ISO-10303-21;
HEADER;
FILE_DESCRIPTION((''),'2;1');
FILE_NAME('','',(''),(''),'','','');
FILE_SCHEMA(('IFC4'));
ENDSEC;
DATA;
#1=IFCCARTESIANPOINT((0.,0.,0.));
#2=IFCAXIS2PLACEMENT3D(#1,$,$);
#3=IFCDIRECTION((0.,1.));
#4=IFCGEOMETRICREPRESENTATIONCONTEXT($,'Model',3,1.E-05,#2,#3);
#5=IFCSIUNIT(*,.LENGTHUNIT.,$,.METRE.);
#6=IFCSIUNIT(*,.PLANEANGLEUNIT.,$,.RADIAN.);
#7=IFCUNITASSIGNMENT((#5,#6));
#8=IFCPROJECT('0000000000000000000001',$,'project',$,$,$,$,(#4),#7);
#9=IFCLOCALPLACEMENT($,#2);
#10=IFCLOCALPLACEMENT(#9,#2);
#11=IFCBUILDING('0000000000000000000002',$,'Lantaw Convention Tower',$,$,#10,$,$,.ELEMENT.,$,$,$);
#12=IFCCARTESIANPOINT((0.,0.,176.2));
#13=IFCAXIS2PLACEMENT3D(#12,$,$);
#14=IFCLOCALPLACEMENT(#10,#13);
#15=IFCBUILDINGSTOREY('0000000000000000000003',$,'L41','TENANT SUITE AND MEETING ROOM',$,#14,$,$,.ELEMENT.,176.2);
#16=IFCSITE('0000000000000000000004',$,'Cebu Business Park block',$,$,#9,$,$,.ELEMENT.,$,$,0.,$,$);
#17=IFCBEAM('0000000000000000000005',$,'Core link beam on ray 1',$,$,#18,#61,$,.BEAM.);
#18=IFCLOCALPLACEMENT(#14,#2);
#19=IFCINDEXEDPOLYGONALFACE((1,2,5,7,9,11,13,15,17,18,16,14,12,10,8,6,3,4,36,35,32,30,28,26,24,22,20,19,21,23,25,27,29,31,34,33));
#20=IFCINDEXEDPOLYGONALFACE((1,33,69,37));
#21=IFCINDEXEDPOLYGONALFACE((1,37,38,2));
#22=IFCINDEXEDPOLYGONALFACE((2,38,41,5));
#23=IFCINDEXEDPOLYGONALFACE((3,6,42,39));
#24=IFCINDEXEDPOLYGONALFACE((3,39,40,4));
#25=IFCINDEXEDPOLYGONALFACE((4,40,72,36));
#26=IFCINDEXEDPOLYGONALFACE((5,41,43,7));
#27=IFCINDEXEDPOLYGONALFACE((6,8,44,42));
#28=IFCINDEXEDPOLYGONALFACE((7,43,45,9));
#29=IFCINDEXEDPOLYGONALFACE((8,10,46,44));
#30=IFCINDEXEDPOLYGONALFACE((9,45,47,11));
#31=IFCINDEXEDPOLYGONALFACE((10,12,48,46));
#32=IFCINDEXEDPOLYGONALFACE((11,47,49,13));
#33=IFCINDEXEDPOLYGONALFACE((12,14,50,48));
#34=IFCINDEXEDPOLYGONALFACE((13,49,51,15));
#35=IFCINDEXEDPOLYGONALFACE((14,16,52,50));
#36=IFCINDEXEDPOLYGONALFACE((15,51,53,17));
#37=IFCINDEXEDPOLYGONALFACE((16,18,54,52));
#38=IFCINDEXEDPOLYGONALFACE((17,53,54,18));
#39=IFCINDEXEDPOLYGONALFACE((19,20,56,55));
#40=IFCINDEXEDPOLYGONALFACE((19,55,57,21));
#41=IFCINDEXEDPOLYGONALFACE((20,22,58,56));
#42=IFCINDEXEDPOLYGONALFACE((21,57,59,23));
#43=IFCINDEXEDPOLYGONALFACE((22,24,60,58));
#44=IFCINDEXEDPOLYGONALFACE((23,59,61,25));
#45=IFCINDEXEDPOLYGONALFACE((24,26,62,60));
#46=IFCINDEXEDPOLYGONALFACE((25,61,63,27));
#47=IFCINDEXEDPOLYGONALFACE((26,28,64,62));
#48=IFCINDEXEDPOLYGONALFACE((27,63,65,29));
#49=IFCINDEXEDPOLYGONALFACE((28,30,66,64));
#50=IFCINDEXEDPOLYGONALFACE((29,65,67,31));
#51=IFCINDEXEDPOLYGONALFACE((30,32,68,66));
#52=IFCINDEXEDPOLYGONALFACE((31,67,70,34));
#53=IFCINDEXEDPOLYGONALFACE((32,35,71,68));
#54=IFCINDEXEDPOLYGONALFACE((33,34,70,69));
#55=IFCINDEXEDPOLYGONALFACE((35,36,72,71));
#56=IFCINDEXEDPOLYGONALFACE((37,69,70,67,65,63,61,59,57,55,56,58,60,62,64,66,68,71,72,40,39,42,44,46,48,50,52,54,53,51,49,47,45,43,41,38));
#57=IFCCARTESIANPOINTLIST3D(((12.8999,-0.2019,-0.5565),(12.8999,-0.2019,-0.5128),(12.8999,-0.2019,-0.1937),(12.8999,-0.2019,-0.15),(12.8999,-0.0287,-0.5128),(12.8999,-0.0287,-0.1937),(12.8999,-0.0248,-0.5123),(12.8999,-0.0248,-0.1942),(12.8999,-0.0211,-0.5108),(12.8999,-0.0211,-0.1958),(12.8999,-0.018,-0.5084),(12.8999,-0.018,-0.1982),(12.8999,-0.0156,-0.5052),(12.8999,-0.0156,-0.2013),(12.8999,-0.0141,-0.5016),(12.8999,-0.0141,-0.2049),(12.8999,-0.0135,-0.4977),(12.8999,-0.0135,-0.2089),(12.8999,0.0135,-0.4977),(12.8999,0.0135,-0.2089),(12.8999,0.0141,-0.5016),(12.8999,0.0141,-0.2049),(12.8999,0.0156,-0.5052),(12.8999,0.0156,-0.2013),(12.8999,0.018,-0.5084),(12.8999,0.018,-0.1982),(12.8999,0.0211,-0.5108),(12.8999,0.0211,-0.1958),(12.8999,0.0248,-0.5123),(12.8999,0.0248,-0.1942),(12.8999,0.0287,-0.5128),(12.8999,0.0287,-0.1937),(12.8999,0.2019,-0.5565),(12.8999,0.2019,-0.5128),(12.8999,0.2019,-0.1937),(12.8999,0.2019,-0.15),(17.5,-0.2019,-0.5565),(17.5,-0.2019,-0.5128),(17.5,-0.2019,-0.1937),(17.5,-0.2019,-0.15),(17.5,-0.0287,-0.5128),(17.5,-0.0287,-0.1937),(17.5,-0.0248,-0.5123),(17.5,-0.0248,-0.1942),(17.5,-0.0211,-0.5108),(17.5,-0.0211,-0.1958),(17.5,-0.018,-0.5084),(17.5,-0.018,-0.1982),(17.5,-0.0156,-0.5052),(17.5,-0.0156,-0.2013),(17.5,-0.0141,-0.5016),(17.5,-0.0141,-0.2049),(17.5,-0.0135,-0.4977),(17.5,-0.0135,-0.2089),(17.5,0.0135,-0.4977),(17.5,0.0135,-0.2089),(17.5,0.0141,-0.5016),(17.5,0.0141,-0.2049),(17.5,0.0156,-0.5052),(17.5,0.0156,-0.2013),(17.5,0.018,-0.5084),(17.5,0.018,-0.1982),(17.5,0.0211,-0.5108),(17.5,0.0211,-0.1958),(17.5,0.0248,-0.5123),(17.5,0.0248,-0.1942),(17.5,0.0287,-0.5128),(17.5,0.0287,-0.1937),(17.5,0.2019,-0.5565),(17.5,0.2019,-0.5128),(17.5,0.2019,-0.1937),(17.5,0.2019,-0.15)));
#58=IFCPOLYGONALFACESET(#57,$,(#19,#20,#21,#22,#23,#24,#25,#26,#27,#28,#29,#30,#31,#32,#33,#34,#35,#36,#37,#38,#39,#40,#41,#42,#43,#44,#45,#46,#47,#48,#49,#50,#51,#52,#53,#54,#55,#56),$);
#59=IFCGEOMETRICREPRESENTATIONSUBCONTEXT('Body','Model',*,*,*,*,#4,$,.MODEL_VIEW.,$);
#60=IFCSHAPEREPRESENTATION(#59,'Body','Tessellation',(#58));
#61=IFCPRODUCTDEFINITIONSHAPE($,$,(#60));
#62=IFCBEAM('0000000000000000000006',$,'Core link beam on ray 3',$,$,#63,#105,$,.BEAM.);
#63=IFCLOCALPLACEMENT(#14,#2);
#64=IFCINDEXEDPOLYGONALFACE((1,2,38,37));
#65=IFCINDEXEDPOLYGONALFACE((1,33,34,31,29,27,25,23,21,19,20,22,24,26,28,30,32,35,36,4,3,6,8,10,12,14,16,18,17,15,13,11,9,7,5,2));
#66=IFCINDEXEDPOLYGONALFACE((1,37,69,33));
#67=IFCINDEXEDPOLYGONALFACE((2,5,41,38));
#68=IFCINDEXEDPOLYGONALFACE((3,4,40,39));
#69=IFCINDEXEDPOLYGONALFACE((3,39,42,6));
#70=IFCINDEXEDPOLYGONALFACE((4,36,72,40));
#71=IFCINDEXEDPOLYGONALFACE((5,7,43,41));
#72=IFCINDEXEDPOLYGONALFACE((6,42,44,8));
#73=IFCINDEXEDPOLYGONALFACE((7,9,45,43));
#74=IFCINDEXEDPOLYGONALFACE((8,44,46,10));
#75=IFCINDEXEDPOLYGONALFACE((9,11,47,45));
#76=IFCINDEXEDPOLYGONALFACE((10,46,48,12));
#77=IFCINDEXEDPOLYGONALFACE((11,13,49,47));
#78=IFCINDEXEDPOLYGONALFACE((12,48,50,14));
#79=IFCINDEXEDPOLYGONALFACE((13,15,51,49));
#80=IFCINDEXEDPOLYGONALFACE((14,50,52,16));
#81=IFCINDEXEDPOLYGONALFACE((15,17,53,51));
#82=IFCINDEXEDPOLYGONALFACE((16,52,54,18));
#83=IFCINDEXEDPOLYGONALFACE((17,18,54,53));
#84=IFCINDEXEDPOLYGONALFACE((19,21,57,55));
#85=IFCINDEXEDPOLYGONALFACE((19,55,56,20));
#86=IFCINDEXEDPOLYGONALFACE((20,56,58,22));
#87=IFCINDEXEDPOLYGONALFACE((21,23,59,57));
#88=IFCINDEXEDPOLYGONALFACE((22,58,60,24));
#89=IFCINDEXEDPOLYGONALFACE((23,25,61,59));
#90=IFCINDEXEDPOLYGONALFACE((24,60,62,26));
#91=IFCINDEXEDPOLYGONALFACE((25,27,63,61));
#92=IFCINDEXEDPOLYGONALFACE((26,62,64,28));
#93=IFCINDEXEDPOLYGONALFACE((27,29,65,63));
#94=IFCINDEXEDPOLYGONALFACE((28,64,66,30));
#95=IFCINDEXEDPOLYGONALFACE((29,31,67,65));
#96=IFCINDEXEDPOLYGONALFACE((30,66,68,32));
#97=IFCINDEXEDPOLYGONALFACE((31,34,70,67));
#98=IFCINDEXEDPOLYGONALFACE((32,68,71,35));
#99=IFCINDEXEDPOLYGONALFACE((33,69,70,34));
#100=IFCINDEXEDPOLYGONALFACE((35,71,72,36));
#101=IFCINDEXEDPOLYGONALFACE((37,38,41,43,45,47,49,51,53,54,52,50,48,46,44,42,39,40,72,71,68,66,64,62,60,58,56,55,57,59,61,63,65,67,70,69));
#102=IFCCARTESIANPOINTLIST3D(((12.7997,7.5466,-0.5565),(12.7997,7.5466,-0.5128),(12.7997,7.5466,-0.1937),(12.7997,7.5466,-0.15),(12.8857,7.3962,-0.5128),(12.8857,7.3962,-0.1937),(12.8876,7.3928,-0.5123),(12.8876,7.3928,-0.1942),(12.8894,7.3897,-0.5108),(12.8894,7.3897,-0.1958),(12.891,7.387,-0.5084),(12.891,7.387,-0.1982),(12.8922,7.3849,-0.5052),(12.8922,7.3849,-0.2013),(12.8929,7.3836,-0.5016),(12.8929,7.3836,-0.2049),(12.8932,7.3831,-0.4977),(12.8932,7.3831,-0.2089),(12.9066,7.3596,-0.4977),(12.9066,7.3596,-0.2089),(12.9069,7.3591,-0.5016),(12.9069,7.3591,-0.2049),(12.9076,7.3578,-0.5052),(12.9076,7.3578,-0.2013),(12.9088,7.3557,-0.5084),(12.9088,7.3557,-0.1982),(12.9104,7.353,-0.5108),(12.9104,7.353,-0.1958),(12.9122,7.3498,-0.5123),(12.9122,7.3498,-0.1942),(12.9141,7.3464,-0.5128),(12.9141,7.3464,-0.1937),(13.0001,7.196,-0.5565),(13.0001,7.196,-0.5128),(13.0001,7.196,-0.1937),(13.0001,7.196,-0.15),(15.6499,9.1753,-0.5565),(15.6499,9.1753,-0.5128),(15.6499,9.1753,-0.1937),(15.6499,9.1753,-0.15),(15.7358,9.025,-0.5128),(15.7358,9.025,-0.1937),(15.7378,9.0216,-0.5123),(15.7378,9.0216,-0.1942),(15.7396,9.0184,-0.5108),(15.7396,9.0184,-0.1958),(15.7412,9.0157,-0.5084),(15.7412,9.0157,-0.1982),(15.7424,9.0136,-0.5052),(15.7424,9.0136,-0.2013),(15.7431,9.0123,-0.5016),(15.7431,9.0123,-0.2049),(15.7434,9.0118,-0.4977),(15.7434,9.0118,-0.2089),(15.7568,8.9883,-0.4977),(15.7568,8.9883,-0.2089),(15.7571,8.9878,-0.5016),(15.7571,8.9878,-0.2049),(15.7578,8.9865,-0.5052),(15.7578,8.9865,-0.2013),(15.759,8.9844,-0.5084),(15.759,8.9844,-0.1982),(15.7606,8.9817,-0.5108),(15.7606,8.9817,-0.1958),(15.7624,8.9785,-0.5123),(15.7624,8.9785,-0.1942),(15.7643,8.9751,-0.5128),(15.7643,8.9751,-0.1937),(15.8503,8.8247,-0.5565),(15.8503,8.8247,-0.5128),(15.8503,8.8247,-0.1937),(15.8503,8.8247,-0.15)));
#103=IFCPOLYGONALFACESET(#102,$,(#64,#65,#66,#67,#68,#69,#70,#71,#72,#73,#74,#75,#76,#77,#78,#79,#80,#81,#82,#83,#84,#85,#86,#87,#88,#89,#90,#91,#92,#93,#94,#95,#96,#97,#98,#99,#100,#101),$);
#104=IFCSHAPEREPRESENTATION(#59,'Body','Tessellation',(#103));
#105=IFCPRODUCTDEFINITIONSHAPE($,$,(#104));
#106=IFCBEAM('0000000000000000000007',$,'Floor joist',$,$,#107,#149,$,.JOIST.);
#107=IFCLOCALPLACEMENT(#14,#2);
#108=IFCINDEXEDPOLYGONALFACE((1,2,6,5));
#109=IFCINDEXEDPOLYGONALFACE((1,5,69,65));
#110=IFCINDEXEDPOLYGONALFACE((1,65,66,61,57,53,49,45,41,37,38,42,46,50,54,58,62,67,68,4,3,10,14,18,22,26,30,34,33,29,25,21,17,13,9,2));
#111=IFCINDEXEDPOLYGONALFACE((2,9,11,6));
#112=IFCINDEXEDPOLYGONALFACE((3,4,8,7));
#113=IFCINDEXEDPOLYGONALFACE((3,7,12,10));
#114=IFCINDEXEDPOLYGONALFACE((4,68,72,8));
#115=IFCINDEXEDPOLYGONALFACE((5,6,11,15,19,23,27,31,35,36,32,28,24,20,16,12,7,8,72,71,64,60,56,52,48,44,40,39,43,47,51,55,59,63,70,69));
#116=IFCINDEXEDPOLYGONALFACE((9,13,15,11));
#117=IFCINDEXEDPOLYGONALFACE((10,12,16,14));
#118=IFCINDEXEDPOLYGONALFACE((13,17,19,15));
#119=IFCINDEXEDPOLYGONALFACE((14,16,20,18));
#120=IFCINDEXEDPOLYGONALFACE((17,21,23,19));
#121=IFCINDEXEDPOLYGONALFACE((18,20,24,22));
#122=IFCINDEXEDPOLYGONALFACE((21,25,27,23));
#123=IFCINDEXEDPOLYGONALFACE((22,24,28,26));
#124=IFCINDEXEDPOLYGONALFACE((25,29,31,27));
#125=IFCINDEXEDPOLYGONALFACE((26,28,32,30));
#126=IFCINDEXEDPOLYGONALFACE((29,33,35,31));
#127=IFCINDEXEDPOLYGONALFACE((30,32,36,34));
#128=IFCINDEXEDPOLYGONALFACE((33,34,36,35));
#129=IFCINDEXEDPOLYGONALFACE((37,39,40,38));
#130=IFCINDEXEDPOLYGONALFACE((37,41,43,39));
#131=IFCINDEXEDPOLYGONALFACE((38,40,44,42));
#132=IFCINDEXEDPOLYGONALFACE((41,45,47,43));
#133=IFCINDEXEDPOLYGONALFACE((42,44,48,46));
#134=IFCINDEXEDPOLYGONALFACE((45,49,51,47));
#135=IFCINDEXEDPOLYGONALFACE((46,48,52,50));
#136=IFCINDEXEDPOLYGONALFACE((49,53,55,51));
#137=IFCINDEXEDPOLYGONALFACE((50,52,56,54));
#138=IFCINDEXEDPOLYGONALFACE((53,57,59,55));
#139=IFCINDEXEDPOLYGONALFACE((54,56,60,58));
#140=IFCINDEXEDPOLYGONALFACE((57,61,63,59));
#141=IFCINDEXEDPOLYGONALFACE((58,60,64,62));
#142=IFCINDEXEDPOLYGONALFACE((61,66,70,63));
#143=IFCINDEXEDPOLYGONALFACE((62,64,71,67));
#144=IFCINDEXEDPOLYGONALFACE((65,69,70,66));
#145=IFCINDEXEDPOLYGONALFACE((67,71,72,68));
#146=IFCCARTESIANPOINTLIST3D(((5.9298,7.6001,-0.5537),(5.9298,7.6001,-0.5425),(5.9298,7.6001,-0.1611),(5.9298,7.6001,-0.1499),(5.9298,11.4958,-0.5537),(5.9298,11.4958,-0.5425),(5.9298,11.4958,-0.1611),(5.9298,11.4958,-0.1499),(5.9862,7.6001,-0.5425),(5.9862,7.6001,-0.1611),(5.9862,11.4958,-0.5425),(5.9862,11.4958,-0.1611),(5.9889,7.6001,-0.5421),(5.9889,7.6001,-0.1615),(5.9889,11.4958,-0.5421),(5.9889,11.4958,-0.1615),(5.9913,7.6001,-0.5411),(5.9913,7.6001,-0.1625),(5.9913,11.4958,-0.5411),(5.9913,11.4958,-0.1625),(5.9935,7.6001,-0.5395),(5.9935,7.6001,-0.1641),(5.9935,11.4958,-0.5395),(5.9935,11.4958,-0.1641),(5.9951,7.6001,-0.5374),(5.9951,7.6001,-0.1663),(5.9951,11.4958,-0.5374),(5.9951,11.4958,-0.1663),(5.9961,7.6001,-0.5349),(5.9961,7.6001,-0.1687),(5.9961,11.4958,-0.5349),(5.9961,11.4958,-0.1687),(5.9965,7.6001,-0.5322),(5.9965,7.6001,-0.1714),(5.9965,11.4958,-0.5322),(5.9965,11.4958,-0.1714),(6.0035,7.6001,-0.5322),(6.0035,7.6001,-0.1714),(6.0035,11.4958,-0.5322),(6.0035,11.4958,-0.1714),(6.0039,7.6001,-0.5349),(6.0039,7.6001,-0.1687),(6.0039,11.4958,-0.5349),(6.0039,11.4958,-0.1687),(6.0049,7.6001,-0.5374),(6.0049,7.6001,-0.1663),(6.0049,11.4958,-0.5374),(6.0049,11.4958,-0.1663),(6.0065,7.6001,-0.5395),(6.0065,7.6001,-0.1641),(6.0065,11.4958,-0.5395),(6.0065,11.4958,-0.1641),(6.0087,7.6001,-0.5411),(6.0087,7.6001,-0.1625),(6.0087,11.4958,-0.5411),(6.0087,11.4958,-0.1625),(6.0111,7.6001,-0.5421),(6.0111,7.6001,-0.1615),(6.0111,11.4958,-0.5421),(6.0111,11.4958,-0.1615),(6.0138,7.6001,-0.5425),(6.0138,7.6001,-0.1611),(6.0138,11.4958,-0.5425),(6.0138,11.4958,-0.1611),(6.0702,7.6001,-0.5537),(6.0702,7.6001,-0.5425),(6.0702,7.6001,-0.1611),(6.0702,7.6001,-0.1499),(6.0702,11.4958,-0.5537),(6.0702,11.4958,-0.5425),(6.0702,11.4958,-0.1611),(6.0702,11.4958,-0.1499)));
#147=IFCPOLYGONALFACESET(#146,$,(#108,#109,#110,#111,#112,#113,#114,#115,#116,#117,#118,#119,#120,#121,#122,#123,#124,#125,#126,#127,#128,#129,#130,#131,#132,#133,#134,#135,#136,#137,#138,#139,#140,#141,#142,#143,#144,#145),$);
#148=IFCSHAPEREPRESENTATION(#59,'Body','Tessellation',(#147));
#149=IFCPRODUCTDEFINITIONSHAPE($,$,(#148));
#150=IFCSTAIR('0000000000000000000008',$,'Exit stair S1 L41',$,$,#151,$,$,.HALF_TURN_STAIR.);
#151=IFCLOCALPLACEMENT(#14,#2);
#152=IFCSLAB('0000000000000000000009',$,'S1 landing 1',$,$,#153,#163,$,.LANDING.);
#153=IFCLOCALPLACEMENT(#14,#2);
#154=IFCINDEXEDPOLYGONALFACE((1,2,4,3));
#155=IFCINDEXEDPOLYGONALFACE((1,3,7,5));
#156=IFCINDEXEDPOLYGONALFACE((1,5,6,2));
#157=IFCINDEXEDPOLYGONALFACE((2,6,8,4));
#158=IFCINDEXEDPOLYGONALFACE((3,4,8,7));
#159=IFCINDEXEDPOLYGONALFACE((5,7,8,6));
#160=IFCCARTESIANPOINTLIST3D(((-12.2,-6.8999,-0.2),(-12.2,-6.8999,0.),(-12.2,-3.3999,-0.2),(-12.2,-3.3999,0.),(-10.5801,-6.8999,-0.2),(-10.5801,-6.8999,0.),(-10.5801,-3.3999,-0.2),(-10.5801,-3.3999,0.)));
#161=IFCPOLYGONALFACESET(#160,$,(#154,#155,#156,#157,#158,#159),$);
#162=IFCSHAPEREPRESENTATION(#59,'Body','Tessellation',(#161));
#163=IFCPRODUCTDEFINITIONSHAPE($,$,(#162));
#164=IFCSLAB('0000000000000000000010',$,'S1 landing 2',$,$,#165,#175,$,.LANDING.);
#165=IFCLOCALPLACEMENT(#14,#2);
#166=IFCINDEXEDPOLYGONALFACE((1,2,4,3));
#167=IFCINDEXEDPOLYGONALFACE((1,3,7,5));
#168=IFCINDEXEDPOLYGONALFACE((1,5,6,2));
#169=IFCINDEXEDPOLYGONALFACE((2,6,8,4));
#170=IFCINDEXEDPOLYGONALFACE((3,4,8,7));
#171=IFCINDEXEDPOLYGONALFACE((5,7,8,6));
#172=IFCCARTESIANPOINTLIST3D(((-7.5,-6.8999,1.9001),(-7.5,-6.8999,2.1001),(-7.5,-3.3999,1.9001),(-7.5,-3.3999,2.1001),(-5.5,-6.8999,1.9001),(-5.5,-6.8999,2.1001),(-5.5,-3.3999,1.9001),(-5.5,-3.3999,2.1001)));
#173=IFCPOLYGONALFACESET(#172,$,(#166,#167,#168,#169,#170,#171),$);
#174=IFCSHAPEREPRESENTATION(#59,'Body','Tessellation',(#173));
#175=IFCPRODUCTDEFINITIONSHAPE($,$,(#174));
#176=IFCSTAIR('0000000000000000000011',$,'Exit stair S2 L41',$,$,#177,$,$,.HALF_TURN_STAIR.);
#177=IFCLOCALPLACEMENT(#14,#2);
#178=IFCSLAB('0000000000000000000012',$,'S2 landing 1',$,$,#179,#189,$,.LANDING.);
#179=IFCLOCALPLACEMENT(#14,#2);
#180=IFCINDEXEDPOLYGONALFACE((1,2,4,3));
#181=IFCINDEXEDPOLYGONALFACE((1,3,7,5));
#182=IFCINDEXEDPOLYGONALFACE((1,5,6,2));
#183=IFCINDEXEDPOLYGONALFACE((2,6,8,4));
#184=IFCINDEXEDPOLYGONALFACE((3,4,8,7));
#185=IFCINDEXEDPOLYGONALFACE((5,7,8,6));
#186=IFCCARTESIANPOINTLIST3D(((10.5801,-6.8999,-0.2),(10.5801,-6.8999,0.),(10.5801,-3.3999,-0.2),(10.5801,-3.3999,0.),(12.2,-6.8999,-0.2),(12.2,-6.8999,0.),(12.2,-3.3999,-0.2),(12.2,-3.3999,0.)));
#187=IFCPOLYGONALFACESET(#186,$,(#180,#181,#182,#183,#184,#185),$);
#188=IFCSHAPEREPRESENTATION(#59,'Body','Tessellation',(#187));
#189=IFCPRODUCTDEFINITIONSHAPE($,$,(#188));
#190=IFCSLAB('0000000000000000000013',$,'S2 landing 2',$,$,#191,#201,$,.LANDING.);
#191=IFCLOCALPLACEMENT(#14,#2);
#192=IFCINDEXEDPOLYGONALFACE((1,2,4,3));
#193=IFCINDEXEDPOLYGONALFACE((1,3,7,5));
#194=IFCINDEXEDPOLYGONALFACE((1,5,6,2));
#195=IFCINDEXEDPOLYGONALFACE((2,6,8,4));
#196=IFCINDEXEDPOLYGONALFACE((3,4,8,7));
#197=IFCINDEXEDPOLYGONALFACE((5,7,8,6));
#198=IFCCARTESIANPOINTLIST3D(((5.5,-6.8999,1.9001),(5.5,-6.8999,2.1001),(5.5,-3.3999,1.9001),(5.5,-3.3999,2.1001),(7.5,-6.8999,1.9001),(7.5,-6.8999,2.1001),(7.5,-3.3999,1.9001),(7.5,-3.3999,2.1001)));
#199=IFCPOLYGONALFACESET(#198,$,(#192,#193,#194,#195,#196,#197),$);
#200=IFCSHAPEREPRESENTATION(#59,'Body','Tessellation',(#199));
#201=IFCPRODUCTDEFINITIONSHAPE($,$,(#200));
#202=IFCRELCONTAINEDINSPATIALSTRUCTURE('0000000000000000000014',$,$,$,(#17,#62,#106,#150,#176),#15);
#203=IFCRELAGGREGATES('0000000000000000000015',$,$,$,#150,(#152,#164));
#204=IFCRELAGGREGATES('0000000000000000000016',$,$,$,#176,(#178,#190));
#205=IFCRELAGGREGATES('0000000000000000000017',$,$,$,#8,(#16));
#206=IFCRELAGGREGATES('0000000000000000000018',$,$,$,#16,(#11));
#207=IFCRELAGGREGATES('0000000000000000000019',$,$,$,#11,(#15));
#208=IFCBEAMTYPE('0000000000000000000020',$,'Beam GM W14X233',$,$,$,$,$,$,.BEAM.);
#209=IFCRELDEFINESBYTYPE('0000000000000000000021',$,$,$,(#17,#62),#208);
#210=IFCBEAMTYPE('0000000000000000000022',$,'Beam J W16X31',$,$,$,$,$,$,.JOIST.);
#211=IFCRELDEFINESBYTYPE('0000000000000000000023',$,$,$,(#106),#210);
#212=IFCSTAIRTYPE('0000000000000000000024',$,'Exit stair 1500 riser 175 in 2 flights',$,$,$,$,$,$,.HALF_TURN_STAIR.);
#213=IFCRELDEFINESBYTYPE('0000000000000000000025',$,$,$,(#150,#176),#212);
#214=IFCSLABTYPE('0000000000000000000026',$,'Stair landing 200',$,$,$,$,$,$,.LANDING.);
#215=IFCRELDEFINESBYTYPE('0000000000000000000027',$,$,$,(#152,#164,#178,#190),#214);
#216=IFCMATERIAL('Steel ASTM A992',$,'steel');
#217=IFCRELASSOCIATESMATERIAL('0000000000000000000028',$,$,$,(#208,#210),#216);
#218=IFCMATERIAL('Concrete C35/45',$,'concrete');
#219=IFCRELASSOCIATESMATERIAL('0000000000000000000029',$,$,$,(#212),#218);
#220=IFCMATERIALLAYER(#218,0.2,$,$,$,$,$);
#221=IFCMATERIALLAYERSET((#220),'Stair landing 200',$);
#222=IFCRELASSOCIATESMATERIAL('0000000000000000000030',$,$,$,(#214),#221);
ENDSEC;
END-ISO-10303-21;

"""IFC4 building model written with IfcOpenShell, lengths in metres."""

from ifc_helpers import new_model, si_unit, direction, frame, origin, origin_2d, place, context, subcontext, project, spatial, polyline, i_section, outline, extrude, material, layer, layer_set, material_profile, profile_set, type_object, element, aggregate, save


model = new_model("IFC4")

# Units and contexts
model_context = context("Model", 3, precision=1e-05, world=origin(), true_north=direction((0.0, 1.0)))
body_context = subcontext(model_context, "Body", "Model", "MODEL_VIEW")
ifc_project = project(units=[si_unit("LENGTHUNIT", "METRE"), si_unit("PLANEANGLEUNIT", "RADIAN")], contexts=[model_context])

# Site, building, storey
site_placement = place(None, origin())
site = spatial("IfcSite", under=ifc_project, at=site_placement, Name="Cebu Business Park block", CompositionType="ELEMENT", RefElevation=0.0)
building_placement = place(site_placement, origin())
building = spatial("IfcBuilding", under=site, at=building_placement, Name="Lantaw Convention Tower", CompositionType="ELEMENT")
storey_placement = place(building_placement, frame((0.0, 0.0, 176.2)))
storey = spatial("IfcBuildingStorey", under=building, at=storey_placement, Name="L41", Description="TENANT SUITE AND MEETING ROOM", CompositionType="ELEMENT", Elevation=176.2)

# Beams
ifc_material_1 = material(Name="Steel ASTM A992", Category="steel")
ifc_material_profile_1 = material_profile(ifc_material_1, i_section(OverallWidth=0.4038, OverallDepth=0.4065, WebThickness=0.0271, FlangeThickness=0.0437, FilletRadius=0.0151, at=origin_2d()), Name="W14X233")
ifc_profile_set_1 = profile_set([ifc_material_profile_1], Name="Steel ASTM A992")
beam_type_1 = type_object("IfcBeamType", Name="Beam GM W14X233", PredefinedType="BEAM", material=ifc_profile_set_1)
beam_1_placement = place(storey_placement, frame((12.8999, 0.0, -0.3533), z_axis=(1.0, 0.0, 0.0), x_axis=(0.0, 1.0, 0.0)))
element("IfcBeam", 1, at=beam_1_placement, inside=storey, type_object=beam_type_1, Name="Core link beam on ray 1", PredefinedType="BEAM", context=body_context, shape_type="SweptSolid", body=[
    extrude(i_section(OverallWidth=0.4038, OverallDepth=0.4065, WebThickness=0.0271, FlangeThickness=0.0437, FilletRadius=0.0151, at=origin_2d()), origin(), (0.0, 0.0, 1.0), 4.6001),
])
beam_2_placement = place(storey_placement, frame((12.8999, 7.3713, -0.3533), z_axis=(0.868239, 0.496147, 0.0), x_axis=(-0.496147, 0.868239, 0.0)))
element("IfcBeam", 2, at=beam_2_placement, inside=storey, type_object=beam_type_1, Name="Core link beam on ray 3", PredefinedType="BEAM", context=body_context, shape_type="SweptSolid", body=[
    extrude(i_section(OverallWidth=0.4038, OverallDepth=0.4065, WebThickness=0.0271, FlangeThickness=0.0437, FilletRadius=0.0151, at=origin_2d()), origin(), (0.0, 0.0, 1.0), 3.2827),
])
ifc_material_profile_2 = material_profile(ifc_material_1, i_section(OverallWidth=0.1404, OverallDepth=0.4038, WebThickness=0.0071, FlangeThickness=0.0112, FilletRadius=0.0103, at=origin_2d()), Name="W16X31")
ifc_profile_set_2 = profile_set([ifc_material_profile_2], Name="Steel ASTM A992")
beam_type_2 = type_object("IfcBeamType", Name="Beam J W16X31", PredefinedType="JOIST", material=ifc_profile_set_2)
beam_3_placement = place(storey_placement, frame((6.0, 7.6001, -0.3518), z_axis=(0.0, 1.0, 0.0), x_axis=(-1.0, 0.0, 0.0)))
element("IfcBeam", 3, at=beam_3_placement, inside=storey, type_object=beam_type_2, Name="Floor joist", PredefinedType="JOIST", context=body_context, shape_type="SweptSolid", body=[
    extrude(i_section(OverallWidth=0.1404, OverallDepth=0.4038, WebThickness=0.0071, FlangeThickness=0.0112, FilletRadius=0.0103, at=origin_2d()), origin(), (0.0, 0.0, 1.0), 3.8958),
])

# Stairs, slabs
ifc_material_2 = material(Name="Concrete C35/45", Category="concrete")
stair_type = type_object("IfcStairType", Name="Exit stair 1500 riser 175 in 2 flights", PredefinedType="HALF_TURN_STAIR", material=ifc_material_2)
stair_1_placement = place(storey_placement, origin())
stair_1 = element("IfcStair", 4, at=stair_1_placement, inside=storey, type_object=stair_type, Name="Exit stair S1 L41", PredefinedType="HALF_TURN_STAIR")
ifc_layer_1 = layer(ifc_material_2, 0.2)
ifc_layer_set_1 = layer_set([ifc_layer_1], Name="Stair landing 200")
slab_type = type_object("IfcSlabType", Name="Stair landing 200", PredefinedType="LANDING", material=ifc_layer_set_1)
slab_1_placement = place(storey_placement, frame((0.0, 0.0, -0.2)))
slab_1 = element("IfcSlab", 5, at=slab_1_placement, type_object=slab_type, Name="S1 landing 1", PredefinedType="LANDING", context=body_context, shape_type="SweptSolid", body=[
    extrude(outline(polyline([(-12.2, -6.8999), (-10.5801, -6.8999), (-10.5801, -3.3999), (-12.2, -3.3999), (-12.2, -6.8999)])), origin(), (0.0, 0.0, 1.0), 0.2),
])
slab_2_placement = place(storey_placement, frame((0.0, 0.0, 1.9001)))
slab_2 = element("IfcSlab", 6, at=slab_2_placement, type_object=slab_type, Name="S1 landing 2", PredefinedType="LANDING", context=body_context, shape_type="SweptSolid", body=[
    extrude(outline(polyline([(-7.5, -6.8999), (-5.5, -6.8999), (-5.5, -3.3999), (-7.5, -3.3999), (-7.5, -6.8999)])), origin(), (0.0, 0.0, 1.0), 0.2),
])
aggregate(stair_1, [slab_1, slab_2])
stair_2_placement = place(storey_placement, origin())
stair_2 = element("IfcStair", 7, at=stair_2_placement, inside=storey, type_object=stair_type, Name="Exit stair S2 L41", PredefinedType="HALF_TURN_STAIR")
slab_3_placement = place(storey_placement, frame((0.0, 0.0, -0.2)))
slab_3 = element("IfcSlab", 8, at=slab_3_placement, type_object=slab_type, Name="S2 landing 1", PredefinedType="LANDING", context=body_context, shape_type="SweptSolid", body=[
    extrude(outline(polyline([(10.5801, -6.8999), (12.2, -6.8999), (12.2, -3.3999), (10.5801, -3.3999), (10.5801, -6.8999)])), origin(), (0.0, 0.0, 1.0), 0.2),
])
slab_4_placement = place(storey_placement, frame((0.0, 0.0, 1.9001)))
slab_4 = element("IfcSlab", 9, at=slab_4_placement, type_object=slab_type, Name="S2 landing 2", PredefinedType="LANDING", context=body_context, shape_type="SweptSolid", body=[
    extrude(outline(polyline([(5.5, -6.8999), (7.5, -6.8999), (7.5, -3.3999), (5.5, -3.3999), (5.5, -6.8999)])), origin(), (0.0, 0.0, 1.0), 0.2),
])
aggregate(stair_2, [slab_3, slab_4])

save(model, "model.ifc")
